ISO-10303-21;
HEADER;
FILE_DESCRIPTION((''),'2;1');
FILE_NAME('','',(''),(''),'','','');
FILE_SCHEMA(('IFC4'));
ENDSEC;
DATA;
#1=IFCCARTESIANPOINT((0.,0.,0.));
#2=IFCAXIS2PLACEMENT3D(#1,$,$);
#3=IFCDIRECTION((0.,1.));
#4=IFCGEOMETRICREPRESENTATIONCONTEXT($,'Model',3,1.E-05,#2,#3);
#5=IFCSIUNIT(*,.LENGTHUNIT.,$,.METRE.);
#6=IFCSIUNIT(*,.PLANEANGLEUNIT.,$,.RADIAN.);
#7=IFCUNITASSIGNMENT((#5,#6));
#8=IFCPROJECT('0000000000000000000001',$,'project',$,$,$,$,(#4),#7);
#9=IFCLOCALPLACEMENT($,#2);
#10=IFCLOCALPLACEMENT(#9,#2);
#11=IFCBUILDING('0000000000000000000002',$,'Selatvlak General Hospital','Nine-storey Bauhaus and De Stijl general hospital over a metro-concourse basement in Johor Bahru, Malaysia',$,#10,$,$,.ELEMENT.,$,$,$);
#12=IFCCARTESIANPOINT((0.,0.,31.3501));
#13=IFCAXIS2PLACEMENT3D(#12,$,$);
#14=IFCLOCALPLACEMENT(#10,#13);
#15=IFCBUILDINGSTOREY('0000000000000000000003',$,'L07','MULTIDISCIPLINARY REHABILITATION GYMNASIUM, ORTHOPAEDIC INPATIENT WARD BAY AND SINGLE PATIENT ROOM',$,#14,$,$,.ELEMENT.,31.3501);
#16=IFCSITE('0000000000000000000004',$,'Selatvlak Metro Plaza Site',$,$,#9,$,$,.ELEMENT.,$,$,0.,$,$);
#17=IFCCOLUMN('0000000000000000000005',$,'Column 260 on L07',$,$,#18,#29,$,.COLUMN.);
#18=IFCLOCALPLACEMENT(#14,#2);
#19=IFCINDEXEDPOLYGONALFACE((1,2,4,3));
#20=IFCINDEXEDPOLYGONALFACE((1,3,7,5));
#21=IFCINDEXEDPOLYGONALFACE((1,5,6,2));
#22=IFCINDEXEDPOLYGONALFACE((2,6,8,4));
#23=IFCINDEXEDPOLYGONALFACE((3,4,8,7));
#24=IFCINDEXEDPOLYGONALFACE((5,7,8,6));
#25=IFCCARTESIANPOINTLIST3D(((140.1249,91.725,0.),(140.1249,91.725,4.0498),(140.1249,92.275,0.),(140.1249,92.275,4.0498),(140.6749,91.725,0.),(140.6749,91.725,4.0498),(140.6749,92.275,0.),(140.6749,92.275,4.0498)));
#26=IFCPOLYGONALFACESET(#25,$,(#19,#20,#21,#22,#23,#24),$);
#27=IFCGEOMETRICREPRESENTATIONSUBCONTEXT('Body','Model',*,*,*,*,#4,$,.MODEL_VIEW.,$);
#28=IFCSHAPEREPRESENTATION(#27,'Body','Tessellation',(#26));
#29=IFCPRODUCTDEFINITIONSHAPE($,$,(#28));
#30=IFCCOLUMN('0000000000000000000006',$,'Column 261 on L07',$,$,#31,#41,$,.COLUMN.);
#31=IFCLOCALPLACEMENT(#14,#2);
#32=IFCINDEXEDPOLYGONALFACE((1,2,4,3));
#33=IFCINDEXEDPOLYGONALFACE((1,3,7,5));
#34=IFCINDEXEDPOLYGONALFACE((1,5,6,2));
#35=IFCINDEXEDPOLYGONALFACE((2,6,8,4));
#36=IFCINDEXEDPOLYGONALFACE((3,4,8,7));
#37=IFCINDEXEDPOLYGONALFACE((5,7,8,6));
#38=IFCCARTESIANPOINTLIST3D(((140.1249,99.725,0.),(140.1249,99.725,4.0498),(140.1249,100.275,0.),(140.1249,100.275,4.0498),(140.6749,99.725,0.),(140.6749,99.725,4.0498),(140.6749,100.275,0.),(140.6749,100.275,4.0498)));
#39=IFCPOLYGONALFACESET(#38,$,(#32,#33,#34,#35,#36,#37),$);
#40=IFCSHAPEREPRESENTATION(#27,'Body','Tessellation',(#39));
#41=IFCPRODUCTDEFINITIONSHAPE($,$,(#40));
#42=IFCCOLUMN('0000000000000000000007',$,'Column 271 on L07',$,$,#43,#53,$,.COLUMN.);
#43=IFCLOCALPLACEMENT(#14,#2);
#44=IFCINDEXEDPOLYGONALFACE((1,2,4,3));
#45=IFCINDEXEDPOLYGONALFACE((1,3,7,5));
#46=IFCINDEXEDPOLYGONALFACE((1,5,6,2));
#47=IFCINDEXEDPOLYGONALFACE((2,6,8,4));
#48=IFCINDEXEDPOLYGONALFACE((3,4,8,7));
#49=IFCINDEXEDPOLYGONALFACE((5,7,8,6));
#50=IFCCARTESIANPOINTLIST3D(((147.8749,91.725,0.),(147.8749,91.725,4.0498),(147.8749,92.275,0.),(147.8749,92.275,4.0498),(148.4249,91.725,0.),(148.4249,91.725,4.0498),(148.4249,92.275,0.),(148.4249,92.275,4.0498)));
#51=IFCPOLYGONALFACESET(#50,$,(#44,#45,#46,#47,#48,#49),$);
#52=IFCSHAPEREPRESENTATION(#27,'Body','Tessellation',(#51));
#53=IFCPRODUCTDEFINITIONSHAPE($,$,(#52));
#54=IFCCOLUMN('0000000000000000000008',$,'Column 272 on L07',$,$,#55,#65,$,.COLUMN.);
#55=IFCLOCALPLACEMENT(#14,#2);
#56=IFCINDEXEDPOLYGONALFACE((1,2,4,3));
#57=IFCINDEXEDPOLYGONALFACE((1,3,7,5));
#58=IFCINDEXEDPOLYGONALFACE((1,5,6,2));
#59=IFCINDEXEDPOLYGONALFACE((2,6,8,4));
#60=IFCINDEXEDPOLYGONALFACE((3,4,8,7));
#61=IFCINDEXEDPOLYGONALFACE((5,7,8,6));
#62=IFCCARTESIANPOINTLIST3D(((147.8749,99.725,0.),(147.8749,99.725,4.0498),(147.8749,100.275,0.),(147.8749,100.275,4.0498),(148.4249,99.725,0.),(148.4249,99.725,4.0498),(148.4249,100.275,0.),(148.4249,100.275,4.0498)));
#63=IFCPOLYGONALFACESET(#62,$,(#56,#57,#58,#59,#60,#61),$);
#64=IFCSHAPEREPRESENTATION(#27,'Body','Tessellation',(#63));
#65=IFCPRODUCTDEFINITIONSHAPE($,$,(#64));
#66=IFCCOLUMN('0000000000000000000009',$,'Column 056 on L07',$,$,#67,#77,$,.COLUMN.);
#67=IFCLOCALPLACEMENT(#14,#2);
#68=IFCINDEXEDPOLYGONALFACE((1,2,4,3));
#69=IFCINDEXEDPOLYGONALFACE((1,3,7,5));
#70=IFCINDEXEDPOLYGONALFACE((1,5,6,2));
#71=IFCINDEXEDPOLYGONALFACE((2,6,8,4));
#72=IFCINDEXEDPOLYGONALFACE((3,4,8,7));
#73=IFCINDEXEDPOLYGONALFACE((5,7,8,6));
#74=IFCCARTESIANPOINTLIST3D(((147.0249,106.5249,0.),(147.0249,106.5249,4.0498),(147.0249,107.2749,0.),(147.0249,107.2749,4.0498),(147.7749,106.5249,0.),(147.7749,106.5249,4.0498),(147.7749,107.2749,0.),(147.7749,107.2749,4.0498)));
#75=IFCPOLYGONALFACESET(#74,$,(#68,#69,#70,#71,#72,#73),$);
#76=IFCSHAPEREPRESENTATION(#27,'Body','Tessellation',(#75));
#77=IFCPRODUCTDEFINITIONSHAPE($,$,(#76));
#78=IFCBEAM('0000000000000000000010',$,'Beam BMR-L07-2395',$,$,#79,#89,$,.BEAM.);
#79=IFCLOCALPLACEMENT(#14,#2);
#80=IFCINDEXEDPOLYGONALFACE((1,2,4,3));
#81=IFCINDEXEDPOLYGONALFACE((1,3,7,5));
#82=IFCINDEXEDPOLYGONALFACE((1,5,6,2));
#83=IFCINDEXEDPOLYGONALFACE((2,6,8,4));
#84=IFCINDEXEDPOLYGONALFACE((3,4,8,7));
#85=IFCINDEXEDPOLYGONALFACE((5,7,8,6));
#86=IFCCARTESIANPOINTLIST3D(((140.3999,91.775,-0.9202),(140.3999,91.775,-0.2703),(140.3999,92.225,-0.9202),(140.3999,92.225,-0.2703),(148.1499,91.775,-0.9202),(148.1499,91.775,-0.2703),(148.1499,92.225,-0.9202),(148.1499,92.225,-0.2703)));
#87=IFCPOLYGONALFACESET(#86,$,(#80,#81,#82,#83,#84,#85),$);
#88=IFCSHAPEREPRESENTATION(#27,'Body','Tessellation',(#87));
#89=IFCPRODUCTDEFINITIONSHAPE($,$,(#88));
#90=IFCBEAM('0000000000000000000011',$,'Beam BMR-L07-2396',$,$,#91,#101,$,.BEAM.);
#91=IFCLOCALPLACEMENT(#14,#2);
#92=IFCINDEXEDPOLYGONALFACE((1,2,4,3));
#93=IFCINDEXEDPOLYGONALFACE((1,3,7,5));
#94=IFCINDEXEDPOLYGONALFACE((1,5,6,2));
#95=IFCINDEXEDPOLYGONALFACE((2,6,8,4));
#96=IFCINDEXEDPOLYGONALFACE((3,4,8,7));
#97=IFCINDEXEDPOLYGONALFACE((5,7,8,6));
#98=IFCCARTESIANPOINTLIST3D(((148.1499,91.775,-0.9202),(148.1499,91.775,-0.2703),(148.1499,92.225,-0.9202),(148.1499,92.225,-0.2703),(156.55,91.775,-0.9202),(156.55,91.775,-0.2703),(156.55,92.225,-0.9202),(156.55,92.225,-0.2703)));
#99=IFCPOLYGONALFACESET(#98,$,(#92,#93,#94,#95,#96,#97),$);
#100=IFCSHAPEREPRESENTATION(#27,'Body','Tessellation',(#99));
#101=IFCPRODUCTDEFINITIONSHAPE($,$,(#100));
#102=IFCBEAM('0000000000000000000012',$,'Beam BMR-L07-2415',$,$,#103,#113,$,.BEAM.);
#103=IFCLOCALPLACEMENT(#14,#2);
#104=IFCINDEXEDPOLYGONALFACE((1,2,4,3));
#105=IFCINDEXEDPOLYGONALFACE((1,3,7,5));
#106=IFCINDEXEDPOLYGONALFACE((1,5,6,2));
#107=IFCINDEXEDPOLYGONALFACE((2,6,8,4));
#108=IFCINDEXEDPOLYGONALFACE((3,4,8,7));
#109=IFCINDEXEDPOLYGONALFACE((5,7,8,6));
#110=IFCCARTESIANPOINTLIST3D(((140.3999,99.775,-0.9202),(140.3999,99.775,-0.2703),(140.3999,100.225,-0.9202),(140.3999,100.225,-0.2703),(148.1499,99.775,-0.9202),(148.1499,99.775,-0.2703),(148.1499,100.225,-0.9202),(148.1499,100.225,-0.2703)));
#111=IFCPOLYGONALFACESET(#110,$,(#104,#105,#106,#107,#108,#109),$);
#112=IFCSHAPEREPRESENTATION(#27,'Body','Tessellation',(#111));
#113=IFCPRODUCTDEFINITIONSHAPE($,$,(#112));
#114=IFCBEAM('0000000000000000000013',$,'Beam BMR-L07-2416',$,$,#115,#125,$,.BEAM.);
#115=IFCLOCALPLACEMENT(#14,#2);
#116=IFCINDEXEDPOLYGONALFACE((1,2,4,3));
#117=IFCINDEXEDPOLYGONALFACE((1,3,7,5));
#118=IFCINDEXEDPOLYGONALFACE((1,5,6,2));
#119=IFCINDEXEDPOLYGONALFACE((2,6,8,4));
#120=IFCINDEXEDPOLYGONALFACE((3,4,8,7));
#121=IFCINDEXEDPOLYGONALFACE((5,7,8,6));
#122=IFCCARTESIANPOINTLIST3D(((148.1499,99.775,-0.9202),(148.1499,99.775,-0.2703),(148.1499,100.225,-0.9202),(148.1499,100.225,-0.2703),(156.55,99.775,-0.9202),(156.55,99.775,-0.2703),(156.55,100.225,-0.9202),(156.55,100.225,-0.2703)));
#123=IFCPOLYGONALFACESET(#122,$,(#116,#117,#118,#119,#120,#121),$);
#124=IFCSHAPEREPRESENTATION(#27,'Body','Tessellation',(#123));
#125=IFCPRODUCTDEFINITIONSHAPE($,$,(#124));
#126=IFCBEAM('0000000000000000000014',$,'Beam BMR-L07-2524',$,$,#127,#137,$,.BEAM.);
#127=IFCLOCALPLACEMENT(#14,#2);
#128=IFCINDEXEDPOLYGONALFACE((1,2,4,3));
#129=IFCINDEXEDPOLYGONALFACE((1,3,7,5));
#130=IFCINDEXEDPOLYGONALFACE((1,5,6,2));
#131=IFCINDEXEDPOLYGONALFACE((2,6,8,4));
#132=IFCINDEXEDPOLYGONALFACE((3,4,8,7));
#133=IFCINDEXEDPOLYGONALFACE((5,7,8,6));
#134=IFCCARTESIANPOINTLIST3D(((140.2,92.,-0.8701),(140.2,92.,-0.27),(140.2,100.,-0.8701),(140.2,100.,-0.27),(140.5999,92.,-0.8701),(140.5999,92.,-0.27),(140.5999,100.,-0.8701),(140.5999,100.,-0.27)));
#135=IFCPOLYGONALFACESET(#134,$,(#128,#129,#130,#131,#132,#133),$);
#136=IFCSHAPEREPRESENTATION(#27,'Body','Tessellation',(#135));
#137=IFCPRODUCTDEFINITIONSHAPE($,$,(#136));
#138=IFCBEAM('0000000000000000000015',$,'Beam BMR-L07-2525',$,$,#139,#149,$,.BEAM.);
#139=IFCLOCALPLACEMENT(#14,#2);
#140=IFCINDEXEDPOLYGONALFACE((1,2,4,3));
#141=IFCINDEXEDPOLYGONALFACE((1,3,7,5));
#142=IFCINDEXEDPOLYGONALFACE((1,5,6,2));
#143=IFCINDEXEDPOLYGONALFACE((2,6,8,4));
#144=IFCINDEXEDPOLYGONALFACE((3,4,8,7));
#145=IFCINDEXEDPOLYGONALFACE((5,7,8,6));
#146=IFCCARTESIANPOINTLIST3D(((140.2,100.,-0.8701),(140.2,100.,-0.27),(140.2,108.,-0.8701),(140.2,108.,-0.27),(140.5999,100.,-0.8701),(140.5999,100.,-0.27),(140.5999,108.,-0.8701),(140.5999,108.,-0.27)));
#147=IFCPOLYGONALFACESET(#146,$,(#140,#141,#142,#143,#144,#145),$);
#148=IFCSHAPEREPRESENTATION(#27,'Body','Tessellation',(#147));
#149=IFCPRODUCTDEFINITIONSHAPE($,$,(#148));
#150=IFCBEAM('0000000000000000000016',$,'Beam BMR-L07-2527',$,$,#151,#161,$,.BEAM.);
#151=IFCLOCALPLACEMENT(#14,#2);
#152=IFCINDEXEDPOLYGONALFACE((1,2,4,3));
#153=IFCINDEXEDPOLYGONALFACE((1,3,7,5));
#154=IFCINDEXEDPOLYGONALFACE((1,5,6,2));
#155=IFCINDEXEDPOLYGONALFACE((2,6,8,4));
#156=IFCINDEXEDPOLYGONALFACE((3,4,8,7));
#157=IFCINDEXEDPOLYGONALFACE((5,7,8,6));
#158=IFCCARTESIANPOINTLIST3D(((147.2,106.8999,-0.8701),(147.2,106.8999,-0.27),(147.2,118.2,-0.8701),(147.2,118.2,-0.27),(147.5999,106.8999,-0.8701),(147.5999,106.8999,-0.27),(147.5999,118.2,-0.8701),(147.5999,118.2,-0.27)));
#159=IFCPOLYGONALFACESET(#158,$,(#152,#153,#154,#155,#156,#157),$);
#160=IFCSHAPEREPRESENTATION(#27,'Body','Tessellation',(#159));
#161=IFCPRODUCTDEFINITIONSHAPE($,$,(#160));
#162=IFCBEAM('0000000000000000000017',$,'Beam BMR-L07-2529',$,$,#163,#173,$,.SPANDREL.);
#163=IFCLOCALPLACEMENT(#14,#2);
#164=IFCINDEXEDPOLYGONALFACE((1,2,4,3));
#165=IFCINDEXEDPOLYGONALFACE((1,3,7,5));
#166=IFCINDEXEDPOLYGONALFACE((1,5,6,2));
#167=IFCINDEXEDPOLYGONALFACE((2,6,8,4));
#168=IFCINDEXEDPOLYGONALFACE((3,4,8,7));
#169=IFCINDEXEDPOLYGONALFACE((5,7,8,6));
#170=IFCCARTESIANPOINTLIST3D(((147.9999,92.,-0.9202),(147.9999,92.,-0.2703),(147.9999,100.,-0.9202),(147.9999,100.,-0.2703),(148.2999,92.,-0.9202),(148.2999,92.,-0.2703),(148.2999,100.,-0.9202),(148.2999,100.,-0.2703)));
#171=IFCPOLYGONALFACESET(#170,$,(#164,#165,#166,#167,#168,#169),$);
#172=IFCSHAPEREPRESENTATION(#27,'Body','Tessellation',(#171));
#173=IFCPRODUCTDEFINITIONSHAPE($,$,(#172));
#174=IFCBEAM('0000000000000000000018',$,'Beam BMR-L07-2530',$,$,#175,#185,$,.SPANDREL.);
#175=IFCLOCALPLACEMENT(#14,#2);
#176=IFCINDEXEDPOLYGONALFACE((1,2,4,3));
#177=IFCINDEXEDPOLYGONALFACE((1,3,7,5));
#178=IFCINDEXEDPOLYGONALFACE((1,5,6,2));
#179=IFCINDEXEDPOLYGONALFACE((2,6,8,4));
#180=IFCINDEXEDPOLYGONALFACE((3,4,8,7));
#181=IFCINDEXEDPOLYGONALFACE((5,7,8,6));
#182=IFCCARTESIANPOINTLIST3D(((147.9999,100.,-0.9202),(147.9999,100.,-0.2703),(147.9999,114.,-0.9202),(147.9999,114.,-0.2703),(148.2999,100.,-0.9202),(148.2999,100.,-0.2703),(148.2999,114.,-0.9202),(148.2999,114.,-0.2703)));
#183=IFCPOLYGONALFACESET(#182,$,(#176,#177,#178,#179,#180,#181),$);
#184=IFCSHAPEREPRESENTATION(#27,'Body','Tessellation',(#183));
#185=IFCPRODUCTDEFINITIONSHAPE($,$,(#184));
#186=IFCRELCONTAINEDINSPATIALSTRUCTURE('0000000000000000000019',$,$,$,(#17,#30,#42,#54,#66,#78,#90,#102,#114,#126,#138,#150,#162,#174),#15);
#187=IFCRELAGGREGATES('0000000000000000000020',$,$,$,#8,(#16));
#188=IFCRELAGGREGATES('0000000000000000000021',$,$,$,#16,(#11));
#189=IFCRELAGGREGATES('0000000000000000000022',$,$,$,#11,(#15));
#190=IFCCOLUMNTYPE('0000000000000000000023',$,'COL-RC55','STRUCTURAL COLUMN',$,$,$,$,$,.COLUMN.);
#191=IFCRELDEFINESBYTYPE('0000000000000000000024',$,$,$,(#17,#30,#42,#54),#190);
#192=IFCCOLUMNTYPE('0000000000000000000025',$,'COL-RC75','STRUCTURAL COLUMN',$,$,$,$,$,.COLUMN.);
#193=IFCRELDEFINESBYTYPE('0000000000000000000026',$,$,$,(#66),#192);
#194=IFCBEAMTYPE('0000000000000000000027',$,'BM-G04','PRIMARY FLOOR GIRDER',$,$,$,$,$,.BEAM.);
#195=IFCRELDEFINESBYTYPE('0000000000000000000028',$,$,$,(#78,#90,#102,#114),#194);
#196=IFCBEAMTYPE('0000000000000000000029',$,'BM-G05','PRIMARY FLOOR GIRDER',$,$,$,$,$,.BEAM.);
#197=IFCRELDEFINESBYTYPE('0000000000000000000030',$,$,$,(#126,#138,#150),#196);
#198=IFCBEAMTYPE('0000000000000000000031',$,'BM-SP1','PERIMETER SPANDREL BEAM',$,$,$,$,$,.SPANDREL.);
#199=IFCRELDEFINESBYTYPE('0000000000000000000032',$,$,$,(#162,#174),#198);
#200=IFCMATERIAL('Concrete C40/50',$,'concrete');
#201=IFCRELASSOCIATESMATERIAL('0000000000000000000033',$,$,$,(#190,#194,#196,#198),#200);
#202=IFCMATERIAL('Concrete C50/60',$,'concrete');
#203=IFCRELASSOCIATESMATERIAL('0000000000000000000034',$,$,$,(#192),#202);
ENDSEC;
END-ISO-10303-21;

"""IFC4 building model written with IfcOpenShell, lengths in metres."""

from ifc_helpers import new_model, si_unit, direction, frame, origin, origin_2d, place, context, subcontext, project, spatial, rectangle, extrude, material, material_profile, profile_set, type_object, element, save


model = new_model("IFC4")

# Units and contexts
model_context = context("Model", 3, precision=1e-05, world=origin(), true_north=direction((0.0, 1.0)))
body_context = subcontext(model_context, "Body", "Model", "MODEL_VIEW")
ifc_project = project(units=[si_unit("LENGTHUNIT", "METRE"), si_unit("PLANEANGLEUNIT", "RADIAN")], contexts=[model_context])

# Site, building, storey
site_placement = place(None, origin())
site = spatial("IfcSite", under=ifc_project, at=site_placement, Name="Selatvlak Metro Plaza Site", CompositionType="ELEMENT", RefElevation=0.0)
building_placement = place(site_placement, origin())
building = spatial("IfcBuilding", under=site, at=building_placement, Name="Selatvlak General Hospital", Description="Nine-storey Bauhaus and De Stijl general hospital over a metro-concourse basement in Johor Bahru, Malaysia", CompositionType="ELEMENT")
storey_placement = place(building_placement, frame((0.0, 0.0, 31.3501)))
storey = spatial("IfcBuildingStorey", under=building, at=storey_placement, Name="L07", Description="MULTIDISCIPLINARY REHABILITATION GYMNASIUM, ORTHOPAEDIC INPATIENT WARD BAY AND SINGLE PATIENT ROOM", CompositionType="ELEMENT", Elevation=31.3501)

# Columns
ifc_material_1 = material(Name="Concrete C40/50", Category="concrete")
ifc_material_profile_1 = material_profile(ifc_material_1, rectangle(XDim=0.55, YDim=0.55, at=origin_2d()), Name="RC-COL 550x550")
ifc_profile_set_1 = profile_set([ifc_material_profile_1], Name="Concrete C40/50")
column_type_1 = type_object("IfcColumnType", Name="COL-RC55", Description="STRUCTURAL COLUMN", PredefinedType="COLUMN", material=ifc_profile_set_1)
for number, where, z_axis, x_axis, name in (
    (1, (140.3999, 92.0, 0.0), (0.0, 0.0, 1.0), (1.0, 0.0, 0.0), "Column 260 on L07"),
    (2, (140.3999, 100.0, 0.0), (0.0, 0.0, 1.0), (1.0, 0.0, 0.0), "Column 261 on L07"),
    (3, (148.1499, 92.0, 0.0), (0.0, 0.0, 1.0), (1.0, 0.0, 0.0), "Column 271 on L07"),
    (4, (148.1499, 100.0, 0.0), (0.0, 0.0, 1.0), (1.0, 0.0, 0.0), "Column 272 on L07"),
):
    element("IfcColumn", number, at=place(storey_placement, frame(where, z_axis=z_axis, x_axis=x_axis)), inside=storey, type_object=column_type_1, Name=name, PredefinedType="COLUMN", context=body_context, shape_type="SweptSolid", body=[
        extrude(rectangle(XDim=0.55, YDim=0.55, at=origin_2d()), origin(), (0.0, 0.0, 1.0), 4.0498),
    ])
ifc_material_2 = material(Name="Concrete C50/60", Category="concrete")
ifc_material_profile_2 = material_profile(ifc_material_2, rectangle(XDim=0.75, YDim=0.75, at=origin_2d()), Name="RC-COL 750x750")
ifc_profile_set_2 = profile_set([ifc_material_profile_2], Name="Concrete C50/60")
column_type_2 = type_object("IfcColumnType", Name="COL-RC75", Description="STRUCTURAL COLUMN", PredefinedType="COLUMN", material=ifc_profile_set_2)
column_placement = place(storey_placement, frame((147.3999, 106.8999, 0.0), z_axis=(0.0, 0.0, 1.0), x_axis=(1.0, 0.0, 0.0)))
element("IfcColumn", 5, at=column_placement, inside=storey, type_object=column_type_2, Name="Column 056 on L07", PredefinedType="COLUMN", context=body_context, shape_type="SweptSolid", body=[
    extrude(rectangle(XDim=0.75, YDim=0.75, at=origin_2d()), origin(), (0.0, 0.0, 1.0), 4.0498),
])

# Beams
ifc_material_profile_3 = material_profile(ifc_material_1, rectangle(XDim=0.45, YDim=0.6499, at=origin_2d()), Name="RC-BM 450x650")
ifc_profile_set_3 = profile_set([ifc_material_profile_3], Name="Concrete C40/50")
beam_type_1 = type_object("IfcBeamType", Name="BM-G04", Description="PRIMARY FLOOR GIRDER", PredefinedType="BEAM", material=ifc_profile_set_3)
beam_1_placement = place(storey_placement, frame((140.3999, 92.0, -0.5952), z_axis=(1.0, 0.0, 0.0), x_axis=(0.0, 1.0, 0.0)))
element("IfcBeam", 6, at=beam_1_placement, inside=storey, type_object=beam_type_1, Name="Beam BMR-L07-2395", PredefinedType="BEAM", context=body_context, shape_type="SweptSolid", body=[
    extrude(rectangle(XDim=0.45, YDim=0.6499, at=origin_2d()), origin(), (0.0, 0.0, 1.0), 7.75),
])
beam_2_placement = place(storey_placement, frame((148.1499, 92.0, -0.5952), z_axis=(1.0, 0.0, 0.0), x_axis=(0.0, 1.0, 0.0)))
element("IfcBeam", 7, at=beam_2_placement, inside=storey, type_object=beam_type_1, Name="Beam BMR-L07-2396", PredefinedType="BEAM", context=body_context, shape_type="SweptSolid", body=[
    extrude(rectangle(XDim=0.45, YDim=0.6499, at=origin_2d()), origin(), (0.0, 0.0, 1.0), 8.4001),
])
beam_3_placement = place(storey_placement, frame((140.3999, 100.0, -0.5952), z_axis=(1.0, 0.0, 0.0), x_axis=(0.0, 1.0, 0.0)))
element("IfcBeam", 8, at=beam_3_placement, inside=storey, type_object=beam_type_1, Name="Beam BMR-L07-2415", PredefinedType="BEAM", context=body_context, shape_type="SweptSolid", body=[
    extrude(rectangle(XDim=0.45, YDim=0.6499, at=origin_2d()), origin(), (0.0, 0.0, 1.0), 7.75),
])
beam_4_placement = place(storey_placement, frame((148.1499, 100.0, -0.5952), z_axis=(1.0, 0.0, 0.0), x_axis=(0.0, 1.0, 0.0)))
element("IfcBeam", 9, at=beam_4_placement, inside=storey, type_object=beam_type_1, Name="Beam BMR-L07-2416", PredefinedType="BEAM", context=body_context, shape_type="SweptSolid", body=[
    extrude(rectangle(XDim=0.45, YDim=0.6499, at=origin_2d()), origin(), (0.0, 0.0, 1.0), 8.4001),
])
ifc_material_profile_4 = material_profile(ifc_material_1, rectangle(XDim=0.3999, YDim=0.6001, at=origin_2d()), Name="RC-BM 400x600")
ifc_profile_set_4 = profile_set([ifc_material_profile_4], Name="Concrete C40/50")
beam_type_2 = type_object("IfcBeamType", Name="BM-G05", Description="PRIMARY FLOOR GIRDER", PredefinedType="BEAM", material=ifc_profile_set_4)
for number, where, z_axis, x_axis, name in (
    (10, (140.3999, 92.0, -0.5701), (0.0, 1.0, 0.0), (-1.0, 0.0, 0.0), "Beam BMR-L07-2524"),
    (11, (140.3999, 100.0, -0.5701), (0.0, 1.0, 0.0), (-1.0, 0.0, 0.0), "Beam BMR-L07-2525"),
):
    element("IfcBeam", number, at=place(storey_placement, frame(where, z_axis=z_axis, x_axis=x_axis)), inside=storey, type_object=beam_type_2, Name=name, PredefinedType="BEAM", context=body_context, shape_type="SweptSolid", body=[
        extrude(rectangle(XDim=0.3999, YDim=0.6001, at=origin_2d()), origin(), (0.0, 0.0, 1.0), 8.0),
    ])
beam_5_placement = place(storey_placement, frame((147.3999, 106.8999, -0.5701), z_axis=(0.0, 1.0, 0.0), x_axis=(-1.0, 0.0, 0.0)))
element("IfcBeam", 12, at=beam_5_placement, inside=storey, type_object=beam_type_2, Name="Beam BMR-L07-2527", PredefinedType="BEAM", context=body_context, shape_type="SweptSolid", body=[
    extrude(rectangle(XDim=0.3999, YDim=0.6001, at=origin_2d()), origin(), (0.0, 0.0, 1.0), 11.3),
])
ifc_material_profile_5 = material_profile(ifc_material_1, rectangle(XDim=0.3, YDim=0.6499, at=origin_2d()), Name="RC-SP 300x650")
ifc_profile_set_5 = profile_set([ifc_material_profile_5], Name="Concrete C40/50")
beam_type_3 = type_object("IfcBeamType", Name="BM-SP1", Description="PERIMETER SPANDREL BEAM", PredefinedType="SPANDREL", material=ifc_profile_set_5)
beam_6_placement = place(storey_placement, frame((148.1499, 92.0, -0.5952), z_axis=(0.0, 1.0, 0.0), x_axis=(-1.0, 0.0, 0.0)))
element("IfcBeam", 13, at=beam_6_placement, inside=storey, type_object=beam_type_3, Name="Beam BMR-L07-2529", PredefinedType="SPANDREL", context=body_context, shape_type="SweptSolid", body=[
    extrude(rectangle(XDim=0.3, YDim=0.6499, at=origin_2d()), origin(), (0.0, 0.0, 1.0), 8.0),
])
beam_7_placement = place(storey_placement, frame((148.1499, 100.0, -0.5952), z_axis=(0.0, 1.0, 0.0), x_axis=(-1.0, 0.0, 0.0)))
element("IfcBeam", 14, at=beam_7_placement, inside=storey, type_object=beam_type_3, Name="Beam BMR-L07-2530", PredefinedType="SPANDREL", context=body_context, shape_type="SweptSolid", body=[
    extrude(rectangle(XDim=0.3, YDim=0.6499, at=origin_2d()), origin(), (0.0, 0.0, 1.0), 14.0),
])

save(model, "model.ifc")
